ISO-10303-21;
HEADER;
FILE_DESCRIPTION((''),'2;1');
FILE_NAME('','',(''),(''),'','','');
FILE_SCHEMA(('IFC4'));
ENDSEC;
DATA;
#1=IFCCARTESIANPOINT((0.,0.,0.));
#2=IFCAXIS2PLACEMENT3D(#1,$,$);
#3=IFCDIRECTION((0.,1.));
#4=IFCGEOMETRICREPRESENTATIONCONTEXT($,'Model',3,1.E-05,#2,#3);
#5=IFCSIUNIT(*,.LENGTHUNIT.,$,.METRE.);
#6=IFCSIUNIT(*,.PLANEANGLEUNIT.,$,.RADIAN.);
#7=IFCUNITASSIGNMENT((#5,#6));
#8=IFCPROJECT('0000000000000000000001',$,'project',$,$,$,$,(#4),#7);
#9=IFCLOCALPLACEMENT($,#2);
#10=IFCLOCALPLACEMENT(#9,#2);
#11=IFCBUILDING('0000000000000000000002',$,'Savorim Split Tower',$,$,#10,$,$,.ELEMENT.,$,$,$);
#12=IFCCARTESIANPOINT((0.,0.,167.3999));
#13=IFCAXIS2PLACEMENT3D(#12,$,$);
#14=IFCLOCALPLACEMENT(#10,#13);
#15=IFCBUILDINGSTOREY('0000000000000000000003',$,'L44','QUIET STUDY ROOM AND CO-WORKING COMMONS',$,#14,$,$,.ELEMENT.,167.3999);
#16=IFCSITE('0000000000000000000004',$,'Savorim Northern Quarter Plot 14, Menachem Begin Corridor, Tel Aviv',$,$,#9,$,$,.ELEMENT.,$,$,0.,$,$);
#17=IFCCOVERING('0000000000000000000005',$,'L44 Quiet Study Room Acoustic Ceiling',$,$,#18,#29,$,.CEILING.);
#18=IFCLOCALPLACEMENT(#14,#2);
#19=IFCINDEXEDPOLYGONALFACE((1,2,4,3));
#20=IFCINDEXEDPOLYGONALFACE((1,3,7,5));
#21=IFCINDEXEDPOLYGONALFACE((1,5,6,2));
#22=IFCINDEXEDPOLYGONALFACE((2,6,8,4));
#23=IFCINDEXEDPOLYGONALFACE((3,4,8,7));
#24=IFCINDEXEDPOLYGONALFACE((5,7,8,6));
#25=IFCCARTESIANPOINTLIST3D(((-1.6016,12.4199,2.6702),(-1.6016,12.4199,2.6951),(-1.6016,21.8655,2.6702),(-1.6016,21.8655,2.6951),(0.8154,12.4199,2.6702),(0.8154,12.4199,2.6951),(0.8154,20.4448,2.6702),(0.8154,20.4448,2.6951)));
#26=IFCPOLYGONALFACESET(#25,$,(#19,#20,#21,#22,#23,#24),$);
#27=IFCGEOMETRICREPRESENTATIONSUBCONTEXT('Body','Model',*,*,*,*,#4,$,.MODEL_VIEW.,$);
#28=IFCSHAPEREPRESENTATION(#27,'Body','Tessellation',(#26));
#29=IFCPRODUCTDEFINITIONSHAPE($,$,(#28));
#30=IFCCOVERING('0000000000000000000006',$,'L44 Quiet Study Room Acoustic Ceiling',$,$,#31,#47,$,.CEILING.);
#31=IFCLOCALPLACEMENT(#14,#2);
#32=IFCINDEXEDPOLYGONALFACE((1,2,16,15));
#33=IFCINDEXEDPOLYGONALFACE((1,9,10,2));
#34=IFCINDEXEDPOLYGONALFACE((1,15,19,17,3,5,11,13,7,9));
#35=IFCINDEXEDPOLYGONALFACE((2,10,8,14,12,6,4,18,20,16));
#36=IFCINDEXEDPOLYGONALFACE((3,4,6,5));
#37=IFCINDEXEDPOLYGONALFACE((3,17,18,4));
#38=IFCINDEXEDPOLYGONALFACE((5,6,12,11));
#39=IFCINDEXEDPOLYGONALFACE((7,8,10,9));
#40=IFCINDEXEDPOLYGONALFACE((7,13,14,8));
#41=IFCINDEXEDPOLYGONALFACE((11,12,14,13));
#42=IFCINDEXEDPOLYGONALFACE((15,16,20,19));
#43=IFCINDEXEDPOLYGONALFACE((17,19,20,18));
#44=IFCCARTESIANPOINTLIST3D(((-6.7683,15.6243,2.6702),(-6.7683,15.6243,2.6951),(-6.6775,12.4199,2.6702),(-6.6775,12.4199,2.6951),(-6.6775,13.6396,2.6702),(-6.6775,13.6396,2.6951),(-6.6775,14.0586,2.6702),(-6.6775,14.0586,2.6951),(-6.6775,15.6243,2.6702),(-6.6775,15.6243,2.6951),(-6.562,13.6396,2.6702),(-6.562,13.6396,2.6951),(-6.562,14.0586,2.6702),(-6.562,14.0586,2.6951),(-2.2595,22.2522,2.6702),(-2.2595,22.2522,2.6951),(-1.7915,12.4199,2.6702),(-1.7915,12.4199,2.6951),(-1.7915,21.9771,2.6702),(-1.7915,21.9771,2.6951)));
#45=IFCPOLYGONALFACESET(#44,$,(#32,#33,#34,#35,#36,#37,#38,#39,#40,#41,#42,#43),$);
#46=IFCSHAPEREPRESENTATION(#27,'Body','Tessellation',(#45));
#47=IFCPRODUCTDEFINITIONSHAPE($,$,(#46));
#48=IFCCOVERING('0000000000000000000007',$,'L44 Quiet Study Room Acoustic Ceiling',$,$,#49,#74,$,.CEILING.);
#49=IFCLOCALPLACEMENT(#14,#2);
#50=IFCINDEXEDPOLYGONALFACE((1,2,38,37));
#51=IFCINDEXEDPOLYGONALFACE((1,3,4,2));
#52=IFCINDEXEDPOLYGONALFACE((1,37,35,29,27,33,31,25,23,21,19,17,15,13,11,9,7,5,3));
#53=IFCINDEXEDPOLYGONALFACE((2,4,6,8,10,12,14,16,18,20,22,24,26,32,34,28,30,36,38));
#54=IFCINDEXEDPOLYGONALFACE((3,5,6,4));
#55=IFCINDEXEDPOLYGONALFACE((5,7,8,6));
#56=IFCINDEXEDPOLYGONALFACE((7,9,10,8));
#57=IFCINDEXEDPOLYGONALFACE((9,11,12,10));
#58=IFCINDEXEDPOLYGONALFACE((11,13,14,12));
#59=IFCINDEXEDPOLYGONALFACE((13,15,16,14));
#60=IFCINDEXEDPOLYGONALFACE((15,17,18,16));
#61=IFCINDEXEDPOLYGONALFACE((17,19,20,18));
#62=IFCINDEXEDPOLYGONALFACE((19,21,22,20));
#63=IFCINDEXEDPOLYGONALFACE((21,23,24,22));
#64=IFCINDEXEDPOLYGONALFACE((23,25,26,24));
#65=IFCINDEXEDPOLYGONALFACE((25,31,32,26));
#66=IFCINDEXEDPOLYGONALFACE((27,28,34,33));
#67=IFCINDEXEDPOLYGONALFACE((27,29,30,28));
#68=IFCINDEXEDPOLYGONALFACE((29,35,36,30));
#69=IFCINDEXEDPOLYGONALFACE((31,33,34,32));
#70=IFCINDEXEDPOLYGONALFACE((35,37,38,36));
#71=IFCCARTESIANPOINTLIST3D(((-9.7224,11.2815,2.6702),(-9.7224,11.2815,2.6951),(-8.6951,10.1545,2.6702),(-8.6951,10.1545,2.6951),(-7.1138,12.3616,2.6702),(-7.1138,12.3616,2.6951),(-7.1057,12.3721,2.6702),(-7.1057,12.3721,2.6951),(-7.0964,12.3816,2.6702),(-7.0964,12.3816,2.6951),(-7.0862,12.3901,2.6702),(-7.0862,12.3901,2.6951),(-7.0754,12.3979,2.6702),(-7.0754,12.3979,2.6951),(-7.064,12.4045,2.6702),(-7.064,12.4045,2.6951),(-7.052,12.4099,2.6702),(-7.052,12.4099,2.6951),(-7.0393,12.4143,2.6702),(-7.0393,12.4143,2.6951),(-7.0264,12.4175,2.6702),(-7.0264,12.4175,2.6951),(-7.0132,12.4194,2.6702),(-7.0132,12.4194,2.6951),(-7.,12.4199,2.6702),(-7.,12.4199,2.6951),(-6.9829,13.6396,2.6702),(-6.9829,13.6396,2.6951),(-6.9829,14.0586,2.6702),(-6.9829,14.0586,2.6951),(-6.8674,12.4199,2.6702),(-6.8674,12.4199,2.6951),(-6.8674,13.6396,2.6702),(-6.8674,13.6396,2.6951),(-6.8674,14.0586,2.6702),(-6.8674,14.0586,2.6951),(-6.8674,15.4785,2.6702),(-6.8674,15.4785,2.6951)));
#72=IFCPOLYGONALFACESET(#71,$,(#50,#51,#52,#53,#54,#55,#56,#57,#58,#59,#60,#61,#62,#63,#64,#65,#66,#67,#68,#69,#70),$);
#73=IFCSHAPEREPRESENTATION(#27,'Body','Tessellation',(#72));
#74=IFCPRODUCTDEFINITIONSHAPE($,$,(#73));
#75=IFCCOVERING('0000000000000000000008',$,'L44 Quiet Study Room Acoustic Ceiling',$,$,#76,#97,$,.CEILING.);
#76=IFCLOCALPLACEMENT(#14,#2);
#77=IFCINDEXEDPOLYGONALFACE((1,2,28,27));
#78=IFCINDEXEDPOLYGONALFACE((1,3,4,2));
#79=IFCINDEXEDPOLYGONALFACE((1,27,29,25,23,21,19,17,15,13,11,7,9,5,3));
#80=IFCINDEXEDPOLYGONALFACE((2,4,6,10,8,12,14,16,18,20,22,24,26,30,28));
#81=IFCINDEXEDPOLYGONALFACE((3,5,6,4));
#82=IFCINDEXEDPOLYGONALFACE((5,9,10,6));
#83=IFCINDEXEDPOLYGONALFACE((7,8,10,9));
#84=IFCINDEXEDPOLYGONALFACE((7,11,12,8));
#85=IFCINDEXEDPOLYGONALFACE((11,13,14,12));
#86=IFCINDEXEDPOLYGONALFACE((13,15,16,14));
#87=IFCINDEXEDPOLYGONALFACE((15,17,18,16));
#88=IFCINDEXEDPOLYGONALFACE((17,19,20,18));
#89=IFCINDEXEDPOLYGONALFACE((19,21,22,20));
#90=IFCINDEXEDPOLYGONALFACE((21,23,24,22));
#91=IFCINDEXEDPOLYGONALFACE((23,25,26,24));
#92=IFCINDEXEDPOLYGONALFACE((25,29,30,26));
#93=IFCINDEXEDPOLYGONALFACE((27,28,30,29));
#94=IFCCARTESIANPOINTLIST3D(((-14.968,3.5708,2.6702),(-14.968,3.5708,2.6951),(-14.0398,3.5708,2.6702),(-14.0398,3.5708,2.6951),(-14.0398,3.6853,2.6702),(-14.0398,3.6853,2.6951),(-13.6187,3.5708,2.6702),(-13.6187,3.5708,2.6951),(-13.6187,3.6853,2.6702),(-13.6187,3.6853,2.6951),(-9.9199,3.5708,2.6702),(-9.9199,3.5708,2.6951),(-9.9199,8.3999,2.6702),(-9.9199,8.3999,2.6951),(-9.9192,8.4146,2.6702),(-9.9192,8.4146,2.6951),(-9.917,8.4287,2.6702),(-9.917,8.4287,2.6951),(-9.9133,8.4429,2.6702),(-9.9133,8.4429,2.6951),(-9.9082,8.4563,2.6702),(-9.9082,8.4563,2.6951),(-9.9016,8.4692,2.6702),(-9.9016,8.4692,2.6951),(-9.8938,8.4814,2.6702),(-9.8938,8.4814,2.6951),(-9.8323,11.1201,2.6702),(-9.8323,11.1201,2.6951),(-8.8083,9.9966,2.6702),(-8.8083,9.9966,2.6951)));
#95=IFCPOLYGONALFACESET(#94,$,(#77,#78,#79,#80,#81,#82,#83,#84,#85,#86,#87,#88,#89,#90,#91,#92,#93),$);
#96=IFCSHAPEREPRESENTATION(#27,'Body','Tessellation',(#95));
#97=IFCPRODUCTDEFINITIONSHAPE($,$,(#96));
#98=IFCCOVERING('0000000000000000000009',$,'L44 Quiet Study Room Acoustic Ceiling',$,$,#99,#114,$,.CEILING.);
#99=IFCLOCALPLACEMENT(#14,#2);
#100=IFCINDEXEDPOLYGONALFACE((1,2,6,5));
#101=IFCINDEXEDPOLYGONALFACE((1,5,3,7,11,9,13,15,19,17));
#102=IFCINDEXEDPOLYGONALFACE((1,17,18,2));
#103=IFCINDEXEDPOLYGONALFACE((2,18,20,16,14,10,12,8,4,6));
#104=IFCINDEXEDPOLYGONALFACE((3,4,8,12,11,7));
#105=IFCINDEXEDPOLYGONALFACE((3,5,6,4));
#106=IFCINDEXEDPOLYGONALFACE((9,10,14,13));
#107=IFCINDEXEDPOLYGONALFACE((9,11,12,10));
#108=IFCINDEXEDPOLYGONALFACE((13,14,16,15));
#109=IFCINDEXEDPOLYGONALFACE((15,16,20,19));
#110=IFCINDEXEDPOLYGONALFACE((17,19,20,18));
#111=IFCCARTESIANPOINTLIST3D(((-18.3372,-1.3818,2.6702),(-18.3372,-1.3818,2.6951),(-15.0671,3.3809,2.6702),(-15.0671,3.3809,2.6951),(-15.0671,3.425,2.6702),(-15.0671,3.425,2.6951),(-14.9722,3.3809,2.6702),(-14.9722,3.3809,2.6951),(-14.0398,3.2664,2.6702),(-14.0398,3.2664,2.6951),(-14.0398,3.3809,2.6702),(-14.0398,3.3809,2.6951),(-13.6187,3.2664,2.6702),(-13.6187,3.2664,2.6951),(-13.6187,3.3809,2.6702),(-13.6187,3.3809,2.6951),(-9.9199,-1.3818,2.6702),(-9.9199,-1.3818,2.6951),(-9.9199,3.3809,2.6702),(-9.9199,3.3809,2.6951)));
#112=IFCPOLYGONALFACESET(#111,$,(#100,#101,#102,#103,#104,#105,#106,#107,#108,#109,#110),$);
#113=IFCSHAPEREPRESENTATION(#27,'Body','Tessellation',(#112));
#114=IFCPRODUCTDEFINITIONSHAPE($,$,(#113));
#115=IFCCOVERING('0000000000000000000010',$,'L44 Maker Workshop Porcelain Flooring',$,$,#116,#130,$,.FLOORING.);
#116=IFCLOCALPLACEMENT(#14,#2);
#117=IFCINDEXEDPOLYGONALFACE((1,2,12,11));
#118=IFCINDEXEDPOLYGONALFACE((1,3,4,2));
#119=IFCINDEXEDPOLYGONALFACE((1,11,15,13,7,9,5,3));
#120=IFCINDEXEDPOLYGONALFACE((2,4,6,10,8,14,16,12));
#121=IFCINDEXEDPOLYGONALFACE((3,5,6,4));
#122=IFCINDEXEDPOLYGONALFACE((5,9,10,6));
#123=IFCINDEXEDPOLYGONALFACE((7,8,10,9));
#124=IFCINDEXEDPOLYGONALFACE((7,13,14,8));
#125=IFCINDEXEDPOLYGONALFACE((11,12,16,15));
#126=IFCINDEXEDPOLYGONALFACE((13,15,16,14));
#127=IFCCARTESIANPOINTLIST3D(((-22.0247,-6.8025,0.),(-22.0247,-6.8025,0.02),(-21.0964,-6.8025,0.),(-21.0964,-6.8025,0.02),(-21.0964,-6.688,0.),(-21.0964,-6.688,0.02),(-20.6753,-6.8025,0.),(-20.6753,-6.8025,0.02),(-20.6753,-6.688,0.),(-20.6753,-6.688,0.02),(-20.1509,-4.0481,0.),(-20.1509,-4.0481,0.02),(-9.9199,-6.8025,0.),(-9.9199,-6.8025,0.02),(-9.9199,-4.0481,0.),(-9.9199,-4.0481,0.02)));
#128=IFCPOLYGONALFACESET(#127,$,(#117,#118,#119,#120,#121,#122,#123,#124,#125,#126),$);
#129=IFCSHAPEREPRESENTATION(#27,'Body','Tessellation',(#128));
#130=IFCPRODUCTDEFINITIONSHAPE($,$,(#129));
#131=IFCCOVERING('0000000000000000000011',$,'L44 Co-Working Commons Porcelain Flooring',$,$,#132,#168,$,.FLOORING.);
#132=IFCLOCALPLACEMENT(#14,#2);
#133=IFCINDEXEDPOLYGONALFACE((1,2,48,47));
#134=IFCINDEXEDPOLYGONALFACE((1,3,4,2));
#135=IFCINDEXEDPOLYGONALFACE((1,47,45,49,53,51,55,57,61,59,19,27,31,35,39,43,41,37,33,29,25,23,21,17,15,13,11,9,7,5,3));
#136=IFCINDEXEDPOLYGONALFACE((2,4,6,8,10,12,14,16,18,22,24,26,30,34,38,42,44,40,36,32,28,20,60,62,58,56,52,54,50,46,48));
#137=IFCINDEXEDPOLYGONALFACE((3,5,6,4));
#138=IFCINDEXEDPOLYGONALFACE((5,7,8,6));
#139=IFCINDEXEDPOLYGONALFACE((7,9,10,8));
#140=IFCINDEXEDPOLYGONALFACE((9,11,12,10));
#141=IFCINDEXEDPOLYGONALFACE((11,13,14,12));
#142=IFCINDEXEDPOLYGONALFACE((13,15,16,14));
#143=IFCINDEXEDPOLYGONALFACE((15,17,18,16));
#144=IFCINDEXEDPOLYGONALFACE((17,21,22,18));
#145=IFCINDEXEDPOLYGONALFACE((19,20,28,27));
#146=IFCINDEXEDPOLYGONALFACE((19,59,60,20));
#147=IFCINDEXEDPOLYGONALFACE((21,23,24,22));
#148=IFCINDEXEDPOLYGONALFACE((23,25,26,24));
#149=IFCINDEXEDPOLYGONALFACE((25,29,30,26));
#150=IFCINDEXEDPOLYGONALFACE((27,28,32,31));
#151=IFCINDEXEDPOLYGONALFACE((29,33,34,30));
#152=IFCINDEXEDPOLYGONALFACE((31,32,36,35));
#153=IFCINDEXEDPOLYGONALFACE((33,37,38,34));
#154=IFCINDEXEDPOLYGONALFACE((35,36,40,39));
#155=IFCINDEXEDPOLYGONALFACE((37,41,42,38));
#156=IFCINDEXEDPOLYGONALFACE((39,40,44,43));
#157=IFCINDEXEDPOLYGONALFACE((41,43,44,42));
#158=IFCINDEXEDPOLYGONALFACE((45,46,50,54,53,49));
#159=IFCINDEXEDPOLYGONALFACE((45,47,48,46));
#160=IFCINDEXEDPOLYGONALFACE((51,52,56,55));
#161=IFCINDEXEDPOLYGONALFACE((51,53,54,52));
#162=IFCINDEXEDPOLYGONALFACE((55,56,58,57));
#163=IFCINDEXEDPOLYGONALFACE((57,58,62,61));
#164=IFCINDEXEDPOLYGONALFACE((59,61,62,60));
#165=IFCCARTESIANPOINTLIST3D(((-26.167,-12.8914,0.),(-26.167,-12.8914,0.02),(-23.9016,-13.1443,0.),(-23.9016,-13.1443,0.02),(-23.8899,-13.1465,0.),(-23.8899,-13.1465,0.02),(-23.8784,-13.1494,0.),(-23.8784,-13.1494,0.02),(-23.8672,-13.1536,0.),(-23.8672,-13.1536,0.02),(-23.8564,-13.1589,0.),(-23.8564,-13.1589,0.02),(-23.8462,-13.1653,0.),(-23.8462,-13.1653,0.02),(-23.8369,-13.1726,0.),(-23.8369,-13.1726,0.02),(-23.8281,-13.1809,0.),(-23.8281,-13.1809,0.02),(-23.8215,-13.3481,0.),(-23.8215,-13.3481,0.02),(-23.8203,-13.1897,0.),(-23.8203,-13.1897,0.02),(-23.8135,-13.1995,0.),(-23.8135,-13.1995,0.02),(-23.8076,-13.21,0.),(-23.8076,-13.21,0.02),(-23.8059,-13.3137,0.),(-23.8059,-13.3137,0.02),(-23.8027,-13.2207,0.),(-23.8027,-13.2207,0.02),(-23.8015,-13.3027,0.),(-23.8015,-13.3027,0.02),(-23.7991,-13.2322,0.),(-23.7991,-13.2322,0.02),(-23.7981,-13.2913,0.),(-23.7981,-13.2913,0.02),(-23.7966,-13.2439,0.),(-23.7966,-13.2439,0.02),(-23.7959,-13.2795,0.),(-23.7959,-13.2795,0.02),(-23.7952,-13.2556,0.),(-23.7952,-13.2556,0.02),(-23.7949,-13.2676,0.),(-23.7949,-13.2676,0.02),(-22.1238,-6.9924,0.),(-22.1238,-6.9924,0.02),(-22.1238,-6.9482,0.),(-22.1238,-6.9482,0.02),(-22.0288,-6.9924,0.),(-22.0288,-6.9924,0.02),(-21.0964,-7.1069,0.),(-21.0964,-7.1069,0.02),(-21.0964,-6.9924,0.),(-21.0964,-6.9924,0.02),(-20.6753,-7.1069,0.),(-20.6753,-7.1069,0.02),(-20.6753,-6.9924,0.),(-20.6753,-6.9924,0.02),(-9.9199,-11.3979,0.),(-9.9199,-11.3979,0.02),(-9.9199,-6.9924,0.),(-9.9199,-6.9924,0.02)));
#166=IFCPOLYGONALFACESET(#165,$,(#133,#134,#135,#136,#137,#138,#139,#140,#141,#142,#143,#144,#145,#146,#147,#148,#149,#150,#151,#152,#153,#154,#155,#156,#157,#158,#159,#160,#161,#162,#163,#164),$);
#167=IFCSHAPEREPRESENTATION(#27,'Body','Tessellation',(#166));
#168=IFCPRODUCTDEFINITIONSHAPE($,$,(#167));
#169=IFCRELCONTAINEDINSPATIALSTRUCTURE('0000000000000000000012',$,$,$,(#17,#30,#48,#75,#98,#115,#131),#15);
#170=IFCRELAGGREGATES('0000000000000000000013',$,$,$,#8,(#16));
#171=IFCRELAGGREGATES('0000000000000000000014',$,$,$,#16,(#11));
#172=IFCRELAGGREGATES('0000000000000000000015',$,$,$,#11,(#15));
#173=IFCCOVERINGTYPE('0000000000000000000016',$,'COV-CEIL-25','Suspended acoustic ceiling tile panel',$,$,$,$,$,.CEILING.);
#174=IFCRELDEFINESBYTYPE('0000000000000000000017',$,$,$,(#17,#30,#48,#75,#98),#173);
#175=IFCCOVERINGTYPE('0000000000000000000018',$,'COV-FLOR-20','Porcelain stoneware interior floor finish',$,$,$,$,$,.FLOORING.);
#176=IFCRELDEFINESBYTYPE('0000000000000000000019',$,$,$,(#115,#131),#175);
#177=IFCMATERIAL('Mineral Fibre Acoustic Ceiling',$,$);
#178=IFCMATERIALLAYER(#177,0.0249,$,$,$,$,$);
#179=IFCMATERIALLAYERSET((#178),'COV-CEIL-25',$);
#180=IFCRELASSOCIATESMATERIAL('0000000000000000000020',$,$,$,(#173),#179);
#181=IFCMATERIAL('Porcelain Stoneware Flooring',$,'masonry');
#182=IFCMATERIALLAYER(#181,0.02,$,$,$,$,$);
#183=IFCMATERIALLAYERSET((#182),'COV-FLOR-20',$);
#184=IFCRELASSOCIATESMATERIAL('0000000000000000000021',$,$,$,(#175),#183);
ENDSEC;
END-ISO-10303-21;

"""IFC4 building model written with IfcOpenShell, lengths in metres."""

from ifc_helpers import new_model, si_unit, direction, frame, origin, place, context, subcontext, project, spatial, polyline, outline, extrude, material, layer, layer_set, type_object, element, save


model = new_model("IFC4")

# Units and contexts
model_context = context("Model", 3, precision=1e-05, world=origin(), true_north=direction((0.0, 1.0)))
body_context = subcontext(model_context, "Body", "Model", "MODEL_VIEW")
ifc_project = project(units=[si_unit("LENGTHUNIT", "METRE"), si_unit("PLANEANGLEUNIT", "RADIAN")], contexts=[model_context])

# Site, building, storey
site_placement = place(None, origin())
site = spatial("IfcSite", under=ifc_project, at=site_placement, Name="Savorim Northern Quarter Plot 14, Menachem Begin Corridor, Tel Aviv", CompositionType="ELEMENT", RefElevation=0.0)
building_placement = place(site_placement, origin())
building = spatial("IfcBuilding", under=site, at=building_placement, Name="Savorim Split Tower", CompositionType="ELEMENT")
storey_placement = place(building_placement, frame((0.0, 0.0, 167.3999)))
storey = spatial("IfcBuildingStorey", under=building, at=storey_placement, Name="L44", Description="QUIET STUDY ROOM AND CO-WORKING COMMONS", CompositionType="ELEMENT", Elevation=167.3999)

# Coverings
ifc_material_1 = material(Name="Mineral Fibre Acoustic Ceiling")
ifc_layer_1 = layer(ifc_material_1, 0.0249)
ifc_layer_set_1 = layer_set([ifc_layer_1], Name="COV-CEIL-25")
covering_type_1 = type_object("IfcCoveringType", Name="COV-CEIL-25", Description="Suspended acoustic ceiling tile panel", PredefinedType="CEILING", material=ifc_layer_set_1)
covering_1_placement = place(storey_placement, frame((0.0, 0.0, 2.6702)))
element("IfcCovering", 1, at=covering_1_placement, inside=storey, type_object=covering_type_1, Name="L44 Quiet Study Room Acoustic Ceiling", PredefinedType="CEILING", context=body_context, shape_type="SweptSolid", body=[
    extrude(outline(polyline([(-1.6016, 12.4199), (0.8154, 12.4199), (0.8154, 20.4448), (-1.6016, 21.8655), (-1.6016, 12.4199)])), origin(), (0.0, 0.0, 1.0), 0.0249),
])
covering_2_placement = place(storey_placement, frame((0.0, 0.0, 2.6702)))
element("IfcCovering", 2, at=covering_2_placement, inside=storey, type_object=covering_type_1, Name="L44 Quiet Study Room Acoustic Ceiling", PredefinedType="CEILING", context=body_context, shape_type="SweptSolid", body=[
    extrude(outline(polyline([(-6.6775, 12.4199), (-1.7915, 12.4199), (-1.7915, 21.9771), (-2.2595, 22.2522), (-6.7683, 15.6243), (-6.6775, 15.6243), (-6.6775, 14.0586), (-6.562, 14.0586), (-6.562, 13.6396), (-6.6775, 13.6396), (-6.6775, 12.4199)])), origin(), (0.0, 0.0, 1.0), 0.0249),
])
covering_3_placement = place(storey_placement, frame((0.0, 0.0, 2.6702)))
element("IfcCovering", 3, at=covering_3_placement, inside=storey, type_object=covering_type_1, Name="L44 Quiet Study Room Acoustic Ceiling", PredefinedType="CEILING", context=body_context, shape_type="SweptSolid", body=[
    extrude(outline(polyline([(-7.0132, 12.4194), (-7.0, 12.4199), (-6.8674, 12.4199), (-6.8674, 13.6396), (-6.9829, 13.6396), (-6.9829, 14.0586), (-6.8674, 14.0586), (-6.8674, 15.4785), (-9.7224, 11.2815), (-8.6951, 10.1545), (-7.1138, 12.3616), (-7.1057, 12.3721), (-7.0964, 12.3816), (-7.0862, 12.3901), (-7.0754, 12.3979), (-7.064, 12.4045), (-7.052, 12.4099), (-7.0393, 12.4143), (-7.0264, 12.4175), (-7.0132, 12.4194)])), origin(), (0.0, 0.0, 1.0), 0.0249),
])
covering_4_placement = place(storey_placement, frame((0.0, 0.0, 2.6702)))
element("IfcCovering", 4, at=covering_4_placement, inside=storey, type_object=covering_type_1, Name="L44 Quiet Study Room Acoustic Ceiling", PredefinedType="CEILING", context=body_context, shape_type="SweptSolid", body=[
    extrude(outline(polyline([(-9.9082, 8.4563), (-9.9016, 8.4692), (-9.8938, 8.4814), (-8.8083, 9.9966), (-9.8323, 11.1201), (-14.968, 3.5708), (-14.0398, 3.5708), (-14.0398, 3.6853), (-13.6187, 3.6853), (-13.6187, 3.5708), (-9.9199, 3.5708), (-9.9199, 8.3999), (-9.9192, 8.4146), (-9.917, 8.4287), (-9.9133, 8.4429), (-9.9082, 8.4563)])), origin(), (0.0, 0.0, 1.0), 0.0249),
])
covering_5_placement = place(storey_placement, frame((0.0, 0.0, 2.6702)))
element("IfcCovering", 5, at=covering_5_placement, inside=storey, type_object=covering_type_1, Name="L44 Quiet Study Room Acoustic Ceiling", PredefinedType="CEILING", context=body_context, shape_type="SweptSolid", body=[
    extrude(outline(polyline([(-14.0398, 3.3809), (-14.9722, 3.3809), (-15.0671, 3.3809), (-15.0671, 3.425), (-18.3372, -1.3818), (-9.9199, -1.3818), (-9.9199, 3.3809), (-13.6187, 3.3809), (-13.6187, 3.2664), (-14.0398, 3.2664), (-14.0398, 3.3809)])), origin(), (0.0, 0.0, 1.0), 0.0249),
])
ifc_material_2 = material(Name="Porcelain Stoneware Flooring", Category="masonry")
ifc_layer_2 = layer(ifc_material_2, 0.02)
ifc_layer_set_2 = layer_set([ifc_layer_2], Name="COV-FLOR-20")
covering_type_2 = type_object("IfcCoveringType", Name="COV-FLOR-20", Description="Porcelain stoneware interior floor finish", PredefinedType="FLOORING", material=ifc_layer_set_2)
covering_6_placement = place(storey_placement, origin())
element("IfcCovering", 6, at=covering_6_placement, inside=storey, type_object=covering_type_2, Name="L44 Maker Workshop Porcelain Flooring", PredefinedType="FLOORING", context=body_context, shape_type="SweptSolid", body=[
    extrude(outline(polyline([(-20.6753, -6.688), (-20.6753, -6.8025), (-9.9199, -6.8025), (-9.9199, -4.0481), (-20.1509, -4.0481), (-22.0247, -6.8025), (-21.0964, -6.8025), (-21.0964, -6.688), (-20.6753, -6.688)])), origin(), (0.0, 0.0, 1.0), 0.02),
])
covering_7_placement = place(storey_placement, origin())
element("IfcCovering", 7, at=covering_7_placement, inside=storey, type_object=covering_type_2, Name="L44 Co-Working Commons Porcelain Flooring", PredefinedType="FLOORING", context=body_context, shape_type="SweptSolid", body=[
    extrude(outline(polyline([(-23.7949, -13.2676), (-23.7959, -13.2795), (-23.7981, -13.2913), (-23.8015, -13.3027), (-23.8059, -13.3137), (-23.8215, -13.3481), (-9.9199, -11.3979), (-9.9199, -6.9924), (-20.6753, -6.9924), (-20.6753, -7.1069), (-21.0964, -7.1069), (-21.0964, -6.9924), (-22.0288, -6.9924), (-22.1238, -6.9924), (-22.1238, -6.9482), (-26.167, -12.8914), (-23.9016, -13.1443), (-23.8899, -13.1465), (-23.8784, -13.1494), (-23.8672, -13.1536), (-23.8564, -13.1589), (-23.8462, -13.1653), (-23.8369, -13.1726), (-23.8281, -13.1809), (-23.8203, -13.1897), (-23.8135, -13.1995), (-23.8076, -13.21), (-23.8027, -13.2207), (-23.7991, -13.2322), (-23.7966, -13.2439), (-23.7952, -13.2556), (-23.7949, -13.2676)])), origin(), (0.0, 0.0, 1.0), 0.02),
])

save(model, "model.ifc")
